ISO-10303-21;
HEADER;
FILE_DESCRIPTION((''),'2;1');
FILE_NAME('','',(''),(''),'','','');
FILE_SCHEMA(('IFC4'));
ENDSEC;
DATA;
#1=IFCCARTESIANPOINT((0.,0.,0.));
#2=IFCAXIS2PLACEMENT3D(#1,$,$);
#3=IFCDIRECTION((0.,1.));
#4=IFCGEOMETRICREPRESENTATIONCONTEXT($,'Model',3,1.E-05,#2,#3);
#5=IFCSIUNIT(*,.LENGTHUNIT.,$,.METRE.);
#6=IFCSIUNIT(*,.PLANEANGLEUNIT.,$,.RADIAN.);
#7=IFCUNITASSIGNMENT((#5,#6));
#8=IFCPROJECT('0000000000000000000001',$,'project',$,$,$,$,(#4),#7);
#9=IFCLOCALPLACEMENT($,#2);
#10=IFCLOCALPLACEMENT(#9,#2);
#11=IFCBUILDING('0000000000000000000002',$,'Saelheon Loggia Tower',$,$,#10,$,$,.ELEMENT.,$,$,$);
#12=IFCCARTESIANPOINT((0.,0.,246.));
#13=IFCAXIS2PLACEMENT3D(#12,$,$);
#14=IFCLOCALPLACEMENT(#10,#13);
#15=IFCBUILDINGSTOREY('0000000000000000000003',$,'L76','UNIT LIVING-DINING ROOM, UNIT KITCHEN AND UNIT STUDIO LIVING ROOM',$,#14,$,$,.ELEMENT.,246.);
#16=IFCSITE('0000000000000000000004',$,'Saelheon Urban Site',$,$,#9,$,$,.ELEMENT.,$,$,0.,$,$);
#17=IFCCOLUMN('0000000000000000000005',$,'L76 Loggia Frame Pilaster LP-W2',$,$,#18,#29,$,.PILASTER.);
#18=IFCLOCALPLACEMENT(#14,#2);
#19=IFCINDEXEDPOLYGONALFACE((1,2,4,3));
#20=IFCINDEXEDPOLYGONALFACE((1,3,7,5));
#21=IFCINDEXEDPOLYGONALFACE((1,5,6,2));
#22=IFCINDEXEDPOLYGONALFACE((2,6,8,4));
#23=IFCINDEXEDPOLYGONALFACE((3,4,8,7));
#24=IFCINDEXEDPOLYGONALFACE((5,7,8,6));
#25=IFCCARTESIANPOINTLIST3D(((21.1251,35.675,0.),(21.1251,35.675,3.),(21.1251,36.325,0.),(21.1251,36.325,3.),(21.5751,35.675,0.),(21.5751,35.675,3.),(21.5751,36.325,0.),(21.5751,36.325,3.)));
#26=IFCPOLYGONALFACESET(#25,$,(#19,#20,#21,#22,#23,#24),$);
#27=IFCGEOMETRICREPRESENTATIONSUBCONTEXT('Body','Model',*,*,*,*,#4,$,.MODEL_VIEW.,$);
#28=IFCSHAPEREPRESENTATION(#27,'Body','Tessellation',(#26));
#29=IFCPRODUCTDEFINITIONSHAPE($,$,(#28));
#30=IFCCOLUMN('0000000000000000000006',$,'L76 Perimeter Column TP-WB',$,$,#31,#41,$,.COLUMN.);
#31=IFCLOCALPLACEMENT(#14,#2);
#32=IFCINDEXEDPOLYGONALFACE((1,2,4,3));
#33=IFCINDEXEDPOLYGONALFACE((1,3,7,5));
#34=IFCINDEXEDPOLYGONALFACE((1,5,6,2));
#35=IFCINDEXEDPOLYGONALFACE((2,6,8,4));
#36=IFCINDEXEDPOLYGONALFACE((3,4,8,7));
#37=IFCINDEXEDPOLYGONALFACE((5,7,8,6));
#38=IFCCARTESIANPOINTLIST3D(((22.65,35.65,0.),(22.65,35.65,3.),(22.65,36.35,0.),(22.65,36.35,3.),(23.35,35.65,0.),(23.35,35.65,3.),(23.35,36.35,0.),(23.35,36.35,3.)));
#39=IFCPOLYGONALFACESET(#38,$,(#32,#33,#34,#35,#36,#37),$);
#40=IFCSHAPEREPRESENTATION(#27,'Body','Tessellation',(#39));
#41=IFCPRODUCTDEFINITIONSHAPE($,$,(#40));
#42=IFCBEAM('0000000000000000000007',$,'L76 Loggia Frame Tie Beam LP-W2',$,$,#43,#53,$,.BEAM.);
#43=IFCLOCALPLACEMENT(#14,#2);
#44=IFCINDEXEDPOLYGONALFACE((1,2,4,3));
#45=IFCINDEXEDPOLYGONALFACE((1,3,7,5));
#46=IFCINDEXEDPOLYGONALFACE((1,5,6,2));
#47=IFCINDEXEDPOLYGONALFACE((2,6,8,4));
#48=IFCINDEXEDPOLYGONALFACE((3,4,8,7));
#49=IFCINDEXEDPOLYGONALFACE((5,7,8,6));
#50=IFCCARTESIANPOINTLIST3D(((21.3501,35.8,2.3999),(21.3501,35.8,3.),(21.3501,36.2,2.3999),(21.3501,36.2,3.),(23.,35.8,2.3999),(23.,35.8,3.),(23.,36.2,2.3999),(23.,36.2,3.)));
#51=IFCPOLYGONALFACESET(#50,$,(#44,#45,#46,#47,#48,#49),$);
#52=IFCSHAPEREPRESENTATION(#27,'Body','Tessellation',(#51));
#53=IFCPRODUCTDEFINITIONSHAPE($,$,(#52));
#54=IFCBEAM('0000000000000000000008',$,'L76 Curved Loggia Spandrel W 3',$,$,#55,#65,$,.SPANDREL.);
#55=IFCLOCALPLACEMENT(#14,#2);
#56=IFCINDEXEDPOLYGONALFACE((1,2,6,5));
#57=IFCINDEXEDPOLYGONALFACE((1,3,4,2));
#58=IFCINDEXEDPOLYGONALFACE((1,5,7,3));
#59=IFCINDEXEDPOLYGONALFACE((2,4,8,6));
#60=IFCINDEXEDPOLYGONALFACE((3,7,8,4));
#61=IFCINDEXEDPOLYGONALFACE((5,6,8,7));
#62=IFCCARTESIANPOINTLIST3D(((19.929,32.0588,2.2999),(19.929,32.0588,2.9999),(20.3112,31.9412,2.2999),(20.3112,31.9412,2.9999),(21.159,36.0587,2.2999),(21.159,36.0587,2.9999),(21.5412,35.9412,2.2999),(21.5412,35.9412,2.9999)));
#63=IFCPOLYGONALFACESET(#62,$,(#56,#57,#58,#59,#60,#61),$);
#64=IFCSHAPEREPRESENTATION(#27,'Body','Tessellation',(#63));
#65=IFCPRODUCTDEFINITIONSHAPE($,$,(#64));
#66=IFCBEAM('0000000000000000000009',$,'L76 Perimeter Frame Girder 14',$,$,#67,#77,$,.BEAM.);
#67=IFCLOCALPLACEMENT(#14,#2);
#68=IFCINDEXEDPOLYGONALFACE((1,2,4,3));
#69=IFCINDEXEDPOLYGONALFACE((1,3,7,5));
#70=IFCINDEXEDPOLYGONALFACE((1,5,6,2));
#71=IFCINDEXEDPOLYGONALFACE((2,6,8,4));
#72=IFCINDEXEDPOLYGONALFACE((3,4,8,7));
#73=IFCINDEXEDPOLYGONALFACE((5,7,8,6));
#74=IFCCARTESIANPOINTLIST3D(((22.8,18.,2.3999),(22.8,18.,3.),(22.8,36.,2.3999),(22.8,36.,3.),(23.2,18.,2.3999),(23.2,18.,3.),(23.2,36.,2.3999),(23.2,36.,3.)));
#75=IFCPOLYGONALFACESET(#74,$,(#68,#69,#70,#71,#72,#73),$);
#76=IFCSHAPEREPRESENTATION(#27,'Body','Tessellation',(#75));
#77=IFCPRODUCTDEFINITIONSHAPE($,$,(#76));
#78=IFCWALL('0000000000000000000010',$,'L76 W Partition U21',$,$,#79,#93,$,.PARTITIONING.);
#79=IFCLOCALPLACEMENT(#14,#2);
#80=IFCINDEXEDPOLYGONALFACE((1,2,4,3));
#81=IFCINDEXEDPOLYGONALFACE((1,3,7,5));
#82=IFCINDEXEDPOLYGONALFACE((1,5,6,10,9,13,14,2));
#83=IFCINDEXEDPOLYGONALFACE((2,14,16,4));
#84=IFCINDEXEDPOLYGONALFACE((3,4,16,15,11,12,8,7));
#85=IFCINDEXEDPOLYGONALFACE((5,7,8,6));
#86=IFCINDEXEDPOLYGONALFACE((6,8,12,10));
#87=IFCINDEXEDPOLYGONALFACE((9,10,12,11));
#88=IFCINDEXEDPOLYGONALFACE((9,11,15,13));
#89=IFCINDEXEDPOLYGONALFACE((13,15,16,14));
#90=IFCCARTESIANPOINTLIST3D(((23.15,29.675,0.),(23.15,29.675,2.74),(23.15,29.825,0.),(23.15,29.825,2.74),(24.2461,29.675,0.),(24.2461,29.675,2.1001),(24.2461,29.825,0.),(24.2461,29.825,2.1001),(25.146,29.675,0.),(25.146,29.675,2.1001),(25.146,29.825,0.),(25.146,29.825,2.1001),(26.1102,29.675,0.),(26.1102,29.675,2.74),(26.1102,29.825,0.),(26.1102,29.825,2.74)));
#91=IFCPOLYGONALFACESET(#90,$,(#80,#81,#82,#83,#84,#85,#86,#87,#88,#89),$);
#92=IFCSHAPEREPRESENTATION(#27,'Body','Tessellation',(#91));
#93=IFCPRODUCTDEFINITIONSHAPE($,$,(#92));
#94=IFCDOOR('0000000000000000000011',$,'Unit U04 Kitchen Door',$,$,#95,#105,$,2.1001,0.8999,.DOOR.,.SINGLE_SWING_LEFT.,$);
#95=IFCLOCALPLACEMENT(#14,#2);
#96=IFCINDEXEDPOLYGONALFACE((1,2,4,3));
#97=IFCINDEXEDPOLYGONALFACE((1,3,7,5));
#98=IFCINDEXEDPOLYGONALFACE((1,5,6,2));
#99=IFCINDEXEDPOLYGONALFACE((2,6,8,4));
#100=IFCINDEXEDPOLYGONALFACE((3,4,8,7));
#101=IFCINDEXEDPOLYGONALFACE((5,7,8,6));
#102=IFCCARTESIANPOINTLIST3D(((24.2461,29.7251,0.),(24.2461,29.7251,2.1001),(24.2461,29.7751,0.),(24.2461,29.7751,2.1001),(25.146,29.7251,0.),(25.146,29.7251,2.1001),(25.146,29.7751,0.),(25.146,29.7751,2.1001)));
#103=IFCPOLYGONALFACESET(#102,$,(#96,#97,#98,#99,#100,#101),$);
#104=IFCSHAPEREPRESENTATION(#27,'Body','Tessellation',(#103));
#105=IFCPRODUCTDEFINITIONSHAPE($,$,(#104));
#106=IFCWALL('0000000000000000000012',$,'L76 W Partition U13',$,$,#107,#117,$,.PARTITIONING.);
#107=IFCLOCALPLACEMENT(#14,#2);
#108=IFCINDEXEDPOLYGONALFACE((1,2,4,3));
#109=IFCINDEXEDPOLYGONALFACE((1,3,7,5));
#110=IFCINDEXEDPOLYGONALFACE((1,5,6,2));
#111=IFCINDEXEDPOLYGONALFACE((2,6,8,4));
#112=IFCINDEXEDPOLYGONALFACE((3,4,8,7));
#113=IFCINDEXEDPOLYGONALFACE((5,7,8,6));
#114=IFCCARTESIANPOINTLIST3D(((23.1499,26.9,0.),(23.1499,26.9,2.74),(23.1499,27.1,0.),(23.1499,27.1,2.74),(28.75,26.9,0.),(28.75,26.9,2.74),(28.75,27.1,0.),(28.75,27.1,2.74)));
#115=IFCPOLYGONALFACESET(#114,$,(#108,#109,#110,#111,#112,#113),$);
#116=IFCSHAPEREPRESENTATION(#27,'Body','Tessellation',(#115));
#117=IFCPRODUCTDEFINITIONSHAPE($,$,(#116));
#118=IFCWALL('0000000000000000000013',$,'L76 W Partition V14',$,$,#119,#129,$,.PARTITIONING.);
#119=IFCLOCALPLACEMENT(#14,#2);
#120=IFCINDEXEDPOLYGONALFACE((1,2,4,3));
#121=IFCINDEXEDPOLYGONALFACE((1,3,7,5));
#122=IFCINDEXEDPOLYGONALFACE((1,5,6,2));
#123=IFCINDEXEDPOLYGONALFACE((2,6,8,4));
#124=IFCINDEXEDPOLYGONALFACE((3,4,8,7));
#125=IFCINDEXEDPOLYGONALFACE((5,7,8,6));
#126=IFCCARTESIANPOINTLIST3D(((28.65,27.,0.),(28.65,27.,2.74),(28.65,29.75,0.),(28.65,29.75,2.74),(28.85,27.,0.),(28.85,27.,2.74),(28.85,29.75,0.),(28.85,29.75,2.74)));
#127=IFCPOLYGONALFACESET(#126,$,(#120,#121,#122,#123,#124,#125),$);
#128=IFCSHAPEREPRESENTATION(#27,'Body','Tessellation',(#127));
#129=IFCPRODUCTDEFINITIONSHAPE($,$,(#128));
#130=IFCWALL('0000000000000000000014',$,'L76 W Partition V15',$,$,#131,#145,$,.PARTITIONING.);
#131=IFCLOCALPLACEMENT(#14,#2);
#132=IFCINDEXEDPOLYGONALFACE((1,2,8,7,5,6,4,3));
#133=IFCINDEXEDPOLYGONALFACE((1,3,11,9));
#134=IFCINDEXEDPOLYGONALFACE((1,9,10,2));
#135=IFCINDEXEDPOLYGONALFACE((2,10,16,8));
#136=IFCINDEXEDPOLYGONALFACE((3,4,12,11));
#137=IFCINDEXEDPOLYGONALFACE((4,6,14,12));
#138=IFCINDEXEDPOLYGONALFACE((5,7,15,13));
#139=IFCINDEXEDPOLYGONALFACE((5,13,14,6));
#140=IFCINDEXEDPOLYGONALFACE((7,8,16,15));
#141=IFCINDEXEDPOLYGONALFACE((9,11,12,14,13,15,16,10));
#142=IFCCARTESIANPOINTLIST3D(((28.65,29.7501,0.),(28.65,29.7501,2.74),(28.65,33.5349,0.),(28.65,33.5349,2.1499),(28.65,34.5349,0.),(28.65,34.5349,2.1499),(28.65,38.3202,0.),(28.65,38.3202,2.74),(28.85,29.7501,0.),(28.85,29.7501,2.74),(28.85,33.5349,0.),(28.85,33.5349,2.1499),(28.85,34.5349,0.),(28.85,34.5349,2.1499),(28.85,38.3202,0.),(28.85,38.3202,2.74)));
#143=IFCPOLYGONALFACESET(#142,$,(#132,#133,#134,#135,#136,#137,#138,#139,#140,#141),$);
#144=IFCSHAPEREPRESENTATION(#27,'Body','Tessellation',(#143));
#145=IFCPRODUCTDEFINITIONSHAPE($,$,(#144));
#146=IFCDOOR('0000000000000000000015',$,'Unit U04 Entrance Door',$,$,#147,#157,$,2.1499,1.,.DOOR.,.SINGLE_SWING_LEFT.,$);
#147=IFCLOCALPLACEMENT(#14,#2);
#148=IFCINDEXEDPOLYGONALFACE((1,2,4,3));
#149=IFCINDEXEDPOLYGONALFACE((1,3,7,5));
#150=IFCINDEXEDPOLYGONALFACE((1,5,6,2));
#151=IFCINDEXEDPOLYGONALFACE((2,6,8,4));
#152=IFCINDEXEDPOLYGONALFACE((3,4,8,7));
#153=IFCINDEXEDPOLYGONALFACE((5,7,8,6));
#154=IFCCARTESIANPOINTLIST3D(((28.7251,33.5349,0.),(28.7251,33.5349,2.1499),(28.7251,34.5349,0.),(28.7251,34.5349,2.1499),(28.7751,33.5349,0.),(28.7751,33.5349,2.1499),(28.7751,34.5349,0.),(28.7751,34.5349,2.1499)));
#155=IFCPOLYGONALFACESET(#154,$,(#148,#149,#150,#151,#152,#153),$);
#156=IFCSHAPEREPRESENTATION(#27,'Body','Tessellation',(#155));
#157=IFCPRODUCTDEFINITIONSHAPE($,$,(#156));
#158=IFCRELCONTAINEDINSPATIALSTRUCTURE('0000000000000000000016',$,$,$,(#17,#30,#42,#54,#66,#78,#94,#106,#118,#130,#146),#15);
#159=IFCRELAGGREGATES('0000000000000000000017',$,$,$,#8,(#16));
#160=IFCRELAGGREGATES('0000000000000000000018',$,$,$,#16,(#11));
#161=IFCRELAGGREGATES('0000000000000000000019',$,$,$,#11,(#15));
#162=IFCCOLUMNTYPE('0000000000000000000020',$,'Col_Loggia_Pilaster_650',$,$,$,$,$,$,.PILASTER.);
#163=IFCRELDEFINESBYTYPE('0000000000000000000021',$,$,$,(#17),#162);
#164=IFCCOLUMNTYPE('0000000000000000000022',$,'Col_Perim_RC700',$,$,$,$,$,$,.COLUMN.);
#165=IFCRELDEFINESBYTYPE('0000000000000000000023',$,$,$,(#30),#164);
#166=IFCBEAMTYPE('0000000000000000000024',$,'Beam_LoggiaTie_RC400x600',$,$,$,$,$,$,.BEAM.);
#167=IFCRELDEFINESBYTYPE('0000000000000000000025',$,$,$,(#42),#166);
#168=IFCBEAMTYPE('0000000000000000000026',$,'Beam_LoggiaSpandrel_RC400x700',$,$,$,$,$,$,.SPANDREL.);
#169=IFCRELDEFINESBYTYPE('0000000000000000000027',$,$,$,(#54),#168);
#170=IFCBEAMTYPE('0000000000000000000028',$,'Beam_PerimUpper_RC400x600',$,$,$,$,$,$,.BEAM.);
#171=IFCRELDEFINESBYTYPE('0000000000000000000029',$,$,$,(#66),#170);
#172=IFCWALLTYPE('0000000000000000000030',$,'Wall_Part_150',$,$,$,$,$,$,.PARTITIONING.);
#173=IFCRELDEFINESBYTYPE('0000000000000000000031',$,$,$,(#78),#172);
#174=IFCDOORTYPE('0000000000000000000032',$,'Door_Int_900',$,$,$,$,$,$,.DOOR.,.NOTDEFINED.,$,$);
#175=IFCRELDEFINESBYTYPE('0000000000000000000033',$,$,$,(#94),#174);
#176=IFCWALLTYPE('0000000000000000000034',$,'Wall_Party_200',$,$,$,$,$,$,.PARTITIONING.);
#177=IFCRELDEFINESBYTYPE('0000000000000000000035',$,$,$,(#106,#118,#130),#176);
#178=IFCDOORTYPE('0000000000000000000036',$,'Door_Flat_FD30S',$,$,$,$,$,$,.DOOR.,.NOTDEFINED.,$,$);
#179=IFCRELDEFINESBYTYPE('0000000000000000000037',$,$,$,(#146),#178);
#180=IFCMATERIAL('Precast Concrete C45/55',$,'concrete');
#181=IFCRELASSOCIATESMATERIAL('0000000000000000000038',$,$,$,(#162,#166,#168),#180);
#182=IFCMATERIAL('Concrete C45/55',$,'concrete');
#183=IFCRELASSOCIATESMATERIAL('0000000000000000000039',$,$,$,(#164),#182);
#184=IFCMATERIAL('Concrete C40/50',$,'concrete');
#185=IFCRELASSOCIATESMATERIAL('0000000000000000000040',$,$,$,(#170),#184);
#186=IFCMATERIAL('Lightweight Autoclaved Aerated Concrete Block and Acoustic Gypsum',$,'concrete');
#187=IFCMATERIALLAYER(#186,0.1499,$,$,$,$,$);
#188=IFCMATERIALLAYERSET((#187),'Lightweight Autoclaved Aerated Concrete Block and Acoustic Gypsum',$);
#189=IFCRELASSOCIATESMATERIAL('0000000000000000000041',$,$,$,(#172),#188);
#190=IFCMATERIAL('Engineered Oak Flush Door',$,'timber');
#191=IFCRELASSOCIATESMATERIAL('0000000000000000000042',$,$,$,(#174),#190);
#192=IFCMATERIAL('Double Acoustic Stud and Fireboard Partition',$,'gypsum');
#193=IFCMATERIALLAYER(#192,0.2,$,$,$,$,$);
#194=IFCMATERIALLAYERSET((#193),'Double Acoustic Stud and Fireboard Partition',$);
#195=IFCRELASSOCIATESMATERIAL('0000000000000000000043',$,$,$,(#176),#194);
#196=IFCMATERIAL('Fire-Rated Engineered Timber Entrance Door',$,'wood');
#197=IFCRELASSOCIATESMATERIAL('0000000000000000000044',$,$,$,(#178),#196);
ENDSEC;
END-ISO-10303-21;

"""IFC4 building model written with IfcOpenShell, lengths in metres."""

from ifc_helpers import new_model, si_unit, direction, frame, frame_2d, origin, origin_2d, place, context, subcontext, project, spatial, rectangle, extrude, source, transform, mapped, material, layer, layer_set, material_profile, profile_set, type_object, element, fill, save


model = new_model("IFC4")

# Units and contexts
model_context = context("Model", 3, precision=1e-05, world=origin(), true_north=direction((0.0, 1.0)))
body_context = subcontext(model_context, "Body", "Model", "MODEL_VIEW")
ifc_project = project(units=[si_unit("LENGTHUNIT", "METRE"), si_unit("PLANEANGLEUNIT", "RADIAN")], contexts=[model_context])

# Site, building, storey
site_placement = place(None, origin())
site = spatial("IfcSite", under=ifc_project, at=site_placement, Name="Saelheon Urban Site", CompositionType="ELEMENT", RefElevation=0.0)
building_placement = place(site_placement, origin())
building = spatial("IfcBuilding", under=site, at=building_placement, Name="Saelheon Loggia Tower", CompositionType="ELEMENT")
storey_placement = place(building_placement, frame((0.0, 0.0, 246.0)))
storey = spatial("IfcBuildingStorey", under=building, at=storey_placement, Name="L76", Description="UNIT LIVING-DINING ROOM, UNIT KITCHEN AND UNIT STUDIO LIVING ROOM", CompositionType="ELEMENT", Elevation=246.0)

# Columns
ifc_material_1 = material(Name="Precast Concrete C45/55", Category="concrete")
ifc_material_profile_1 = material_profile(ifc_material_1, rectangle(XDim=0.45, YDim=0.6499, at=origin_2d()), Name="RC-450x650")
ifc_profile_set_1 = profile_set([ifc_material_profile_1], Name="Precast Concrete C45/55")
column_type_1 = type_object("IfcColumnType", Name="Col_Loggia_Pilaster_650", PredefinedType="PILASTER", material=ifc_profile_set_1)
shared_shape_1 = source(origin(), body_context, "Body", "SweptSolid", [
    extrude(rectangle(XDim=0.45, YDim=0.6499, at=origin_2d()), origin(), (0.0, 0.0, 1.0), 3.0),
])
column_1_placement = place(storey_placement, frame((21.3501, 36.0, 0.0), z_axis=(0.0, 0.0, 1.0), x_axis=(1.0, 0.0, 0.0)))
element("IfcColumn", 1, at=column_1_placement, inside=storey, type_object=column_type_1, Name="L76 Loggia Frame Pilaster LP-W2", PredefinedType="PILASTER", context=body_context, shape_type="MappedRepresentation", body=[
    mapped(shared_shape_1, transform((0.0, 0.0, 0.0), scale=1.0)),
])
ifc_material_2 = material(Name="Concrete C45/55", Category="concrete")
ifc_material_profile_2 = material_profile(ifc_material_2, rectangle(XDim=0.7, YDim=0.7, at=origin_2d()), Name="RC-700x700")
ifc_profile_set_2 = profile_set([ifc_material_profile_2], Name="Concrete C45/55")
column_type_2 = type_object("IfcColumnType", Name="Col_Perim_RC700", PredefinedType="COLUMN", material=ifc_profile_set_2)
shared_shape_2 = source(origin(), body_context, "Body", "SweptSolid", [
    extrude(rectangle(XDim=0.7, YDim=0.7, at=origin_2d()), origin(), (0.0, 0.0, 1.0), 3.0),
])
column_2_placement = place(storey_placement, frame((23.0, 36.0, 0.0), z_axis=(0.0, 0.0, 1.0), x_axis=(1.0, 0.0, 0.0)))
element("IfcColumn", 2, at=column_2_placement, inside=storey, type_object=column_type_2, Name="L76 Perimeter Column TP-WB", PredefinedType="COLUMN", context=body_context, shape_type="MappedRepresentation", body=[
    mapped(shared_shape_2, transform((0.0, 0.0, 0.0), scale=1.0)),
])

# Beams
ifc_material_profile_3 = material_profile(ifc_material_1, rectangle(XDim=0.3999, YDim=0.6001, at=origin_2d()), Name="RC-400x600")
ifc_profile_set_3 = profile_set([ifc_material_profile_3], Name="Precast Concrete C45/55")
beam_type_1 = type_object("IfcBeamType", Name="Beam_LoggiaTie_RC400x600", PredefinedType="BEAM", material=ifc_profile_set_3)
shared_shape_3 = source(origin(), body_context, "Body", "SweptSolid", [
    extrude(rectangle(XDim=0.3999, YDim=0.6001, at=origin_2d()), origin(), (0.0, 0.0, 1.0), 1.6499),
])
beam_1_placement = place(storey_placement, frame((23.0, 36.0, 2.7), z_axis=(-1.0, 0.0, 0.0), x_axis=(0.0, -1.0, 0.0)))
element("IfcBeam", 3, at=beam_1_placement, inside=storey, type_object=beam_type_1, Name="L76 Loggia Frame Tie Beam LP-W2", PredefinedType="BEAM", context=body_context, shape_type="MappedRepresentation", body=[
    mapped(shared_shape_3, transform((0.0, 0.0, 0.0), scale=1.0)),
])
ifc_material_profile_4 = material_profile(ifc_material_1, rectangle(XDim=0.3999, YDim=0.7, at=origin_2d()), Name="RC-400x700")
ifc_profile_set_4 = profile_set([ifc_material_profile_4], Name="Precast Concrete C45/55")
beam_type_2 = type_object("IfcBeamType", Name="Beam_LoggiaSpandrel_RC400x700", PredefinedType="SPANDREL", material=ifc_profile_set_4)
shared_shape_4 = source(origin(), body_context, "Body", "SweptSolid", [
    extrude(rectangle(XDim=0.3999, YDim=0.7, at=origin_2d()), origin(), (0.0, 0.0, 1.0), 4.1848),
])
beam_2_placement = place(storey_placement, frame((20.1201, 32.0, 2.6499), z_axis=(0.293914, 0.955832, 0.0), x_axis=(-0.955832, 0.293914, 0.0)))
element("IfcBeam", 4, at=beam_2_placement, inside=storey, type_object=beam_type_2, Name="L76 Curved Loggia Spandrel W 3", PredefinedType="SPANDREL", context=body_context, shape_type="MappedRepresentation", body=[
    mapped(shared_shape_4, transform((0.0, 0.0, 0.0), scale=1.0)),
])
ifc_material_3 = material(Name="Concrete C40/50", Category="concrete")
ifc_material_profile_5 = material_profile(ifc_material_3, rectangle(XDim=0.3999, YDim=0.6001, at=origin_2d()), Name="RC-400x600")
ifc_profile_set_5 = profile_set([ifc_material_profile_5], Name="Concrete C40/50")
beam_type_3 = type_object("IfcBeamType", Name="Beam_PerimUpper_RC400x600", PredefinedType="BEAM", material=ifc_profile_set_5)
shared_shape_5 = source(origin(), body_context, "Body", "SweptSolid", [
    extrude(rectangle(XDim=0.3999, YDim=0.6001, at=origin_2d()), origin(), (0.0, 0.0, 1.0), 18.0),
])
beam_3_placement = place(storey_placement, frame((23.0, 36.0, 2.7), z_axis=(0.0, -1.0, 0.0), x_axis=(1.0, 0.0, 0.0)))
element("IfcBeam", 5, at=beam_3_placement, inside=storey, type_object=beam_type_3, Name="L76 Perimeter Frame Girder 14", PredefinedType="BEAM", context=body_context, shape_type="MappedRepresentation", body=[
    mapped(shared_shape_5, transform((0.0, 0.0, 0.0), scale=1.0)),
])

# Wall, opening, door
ifc_material_4 = material(Name="Lightweight Autoclaved Aerated Concrete Block and Acoustic Gypsum", Category="concrete")
ifc_layer_1 = layer(ifc_material_4, 0.1499)
ifc_layer_set_1 = layer_set([ifc_layer_1], Name="Lightweight Autoclaved Aerated Concrete Block and Acoustic Gypsum")
wall_type_1 = type_object("IfcWallType", Name="Wall_Part_150", PredefinedType="PARTITIONING", material=ifc_layer_set_1)
wall_1_placement = place(storey_placement, frame((26.1101, 29.75, 0.0), z_axis=(0.0, 0.0, 1.0), x_axis=(-1.0, 0.0, 0.0)))
wall_1 = element("IfcWall", 6, at=wall_1_placement, inside=storey, type_object=wall_type_1, Name="L76 W Partition U21", PredefinedType="PARTITIONING", context=body_context, shape_type="SweptSolid", body=[
    extrude(rectangle(XDim=2.9602, YDim=0.1499, at=frame_2d((1.48, 0.0))), origin(), (0.0, 0.0, 1.0), 2.74),
])
opening_1_placement = place(wall_1_placement, frame((0.9641, 0.0, 0.0)))
opening_1 = element("IfcOpeningElement", 7, at=opening_1_placement, cuts=wall_1, PredefinedType="OPENING", context=body_context, shape_type="SweptSolid", body=[
    extrude(rectangle(XDim=0.8999, YDim=2.1001, at=frame_2d((0.45, 1.05))), frame((0.0, 0.0869, 0.0), z_axis=(0.0, -1.0, 0.0), x_axis=(1.0, 0.0, 0.0)), (0.0, 0.0, 1.0), 0.1738),
])
ifc_material_5 = material(Name="Engineered Oak Flush Door", Category="timber")
door_type_1 = type_object("IfcDoorType", Name="Door_Int_900", OperationType="NOTDEFINED", PredefinedType="DOOR", material=ifc_material_5)
shared_shape_6 = source(origin(), body_context, "Body", "SweptSolid", [
    extrude(rectangle(XDim=0.8999, YDim=2.1001, at=frame_2d((0.45, 1.05))), frame((0.0, 0.0249, 0.0), z_axis=(0.0, -1.0, 0.0), x_axis=(1.0, 0.0, 0.0)), (0.0, 0.0, 1.0), 0.05),
])
door_1_placement = place(opening_1_placement, origin())
door_1 = element("IfcDoor", 8, at=door_1_placement, inside=storey, type_object=door_type_1, Name="Unit U04 Kitchen Door", OperationType="SINGLE_SWING_LEFT", OverallHeight=2.1001, OverallWidth=0.8999, PredefinedType="DOOR", context=body_context, shape_type="MappedRepresentation", body=[
    mapped(shared_shape_6, transform((0.0, 0.0, 0.0), scale=1.0)),
])
fill(opening_1, door_1)

# Walls
ifc_material_6 = material(Name="Double Acoustic Stud and Fireboard Partition", Category="gypsum")
ifc_layer_2 = layer(ifc_material_6, 0.2)
ifc_layer_set_2 = layer_set([ifc_layer_2], Name="Double Acoustic Stud and Fireboard Partition")
wall_type_2 = type_object("IfcWallType", Name="Wall_Party_200", PredefinedType="PARTITIONING", material=ifc_layer_set_2)
wall_2_placement = place(storey_placement, frame((28.75, 27.0, 0.0), z_axis=(0.0, 0.0, 1.0), x_axis=(-1.0, 0.0, 0.0)))
element("IfcWall", 9, at=wall_2_placement, inside=storey, type_object=wall_type_2, Name="L76 W Partition U13", PredefinedType="PARTITIONING", context=body_context, shape_type="SweptSolid", body=[
    extrude(rectangle(XDim=5.6001, YDim=0.2, at=frame_2d((2.8, 0.0))), origin(), (0.0, 0.0, 1.0), 2.74),
])
wall_3_placement = place(storey_placement, frame((28.75, 27.0, 0.0), z_axis=(0.0, 0.0, 1.0), x_axis=(0.0, 1.0, 0.0)))
element("IfcWall", 10, at=wall_3_placement, inside=storey, type_object=wall_type_2, Name="L76 W Partition V14", PredefinedType="PARTITIONING", context=body_context, shape_type="SweptSolid", body=[
    extrude(rectangle(XDim=2.75, YDim=0.2, at=frame_2d((1.375, 0.0))), origin(), (0.0, 0.0, 1.0), 2.74),
])

# Wall, opening, door
wall_4_placement = place(storey_placement, frame((28.75, 29.75, 0.0), z_axis=(0.0, 0.0, 1.0), x_axis=(0.0, 1.0, 0.0)))
wall_4 = element("IfcWall", 11, at=wall_4_placement, inside=storey, type_object=wall_type_2, Name="L76 W Partition V15", PredefinedType="PARTITIONING", context=body_context, shape_type="SweptSolid", body=[
    extrude(rectangle(XDim=8.5701, YDim=0.2, at=frame_2d((4.2852, 0.0))), origin(), (0.0, 0.0, 1.0), 2.74),
])
opening_2_placement = place(wall_4_placement, frame((3.7849, 0.0, 0.0)))
opening_2 = element("IfcOpeningElement", 12, at=opening_2_placement, cuts=wall_4, PredefinedType="OPENING", context=body_context, shape_type="SweptSolid", body=[
    extrude(rectangle(XDim=1.0, YDim=2.1499, at=frame_2d((0.5, 1.075))), frame((0.0, 0.1121, 0.0), z_axis=(0.0, -1.0, 0.0), x_axis=(1.0, 0.0, 0.0)), (0.0, 0.0, 1.0), 0.2239),
])
ifc_material_7 = material(Name="Fire-Rated Engineered Timber Entrance Door", Category="wood")
door_type_2 = type_object("IfcDoorType", Name="Door_Flat_FD30S", OperationType="NOTDEFINED", PredefinedType="DOOR", material=ifc_material_7)
shared_shape_7 = source(origin(), body_context, "Body", "SweptSolid", [
    extrude(rectangle(XDim=1.0, YDim=2.1499, at=frame_2d((0.5, 1.075))), frame((0.0, 0.0249, 0.0), z_axis=(0.0, -1.0, 0.0), x_axis=(1.0, 0.0, 0.0)), (0.0, 0.0, 1.0), 0.05),
])
door_2_placement = place(opening_2_placement, origin())
door_2 = element("IfcDoor", 13, at=door_2_placement, inside=storey, type_object=door_type_2, Name="Unit U04 Entrance Door", OperationType="SINGLE_SWING_LEFT", OverallHeight=2.1499, OverallWidth=1.0, PredefinedType="DOOR", context=body_context, shape_type="MappedRepresentation", body=[
    mapped(shared_shape_7, transform((0.0, 0.0, 0.0), scale=1.0)),
])
fill(opening_2, door_2)

save(model, "model.ifc")
